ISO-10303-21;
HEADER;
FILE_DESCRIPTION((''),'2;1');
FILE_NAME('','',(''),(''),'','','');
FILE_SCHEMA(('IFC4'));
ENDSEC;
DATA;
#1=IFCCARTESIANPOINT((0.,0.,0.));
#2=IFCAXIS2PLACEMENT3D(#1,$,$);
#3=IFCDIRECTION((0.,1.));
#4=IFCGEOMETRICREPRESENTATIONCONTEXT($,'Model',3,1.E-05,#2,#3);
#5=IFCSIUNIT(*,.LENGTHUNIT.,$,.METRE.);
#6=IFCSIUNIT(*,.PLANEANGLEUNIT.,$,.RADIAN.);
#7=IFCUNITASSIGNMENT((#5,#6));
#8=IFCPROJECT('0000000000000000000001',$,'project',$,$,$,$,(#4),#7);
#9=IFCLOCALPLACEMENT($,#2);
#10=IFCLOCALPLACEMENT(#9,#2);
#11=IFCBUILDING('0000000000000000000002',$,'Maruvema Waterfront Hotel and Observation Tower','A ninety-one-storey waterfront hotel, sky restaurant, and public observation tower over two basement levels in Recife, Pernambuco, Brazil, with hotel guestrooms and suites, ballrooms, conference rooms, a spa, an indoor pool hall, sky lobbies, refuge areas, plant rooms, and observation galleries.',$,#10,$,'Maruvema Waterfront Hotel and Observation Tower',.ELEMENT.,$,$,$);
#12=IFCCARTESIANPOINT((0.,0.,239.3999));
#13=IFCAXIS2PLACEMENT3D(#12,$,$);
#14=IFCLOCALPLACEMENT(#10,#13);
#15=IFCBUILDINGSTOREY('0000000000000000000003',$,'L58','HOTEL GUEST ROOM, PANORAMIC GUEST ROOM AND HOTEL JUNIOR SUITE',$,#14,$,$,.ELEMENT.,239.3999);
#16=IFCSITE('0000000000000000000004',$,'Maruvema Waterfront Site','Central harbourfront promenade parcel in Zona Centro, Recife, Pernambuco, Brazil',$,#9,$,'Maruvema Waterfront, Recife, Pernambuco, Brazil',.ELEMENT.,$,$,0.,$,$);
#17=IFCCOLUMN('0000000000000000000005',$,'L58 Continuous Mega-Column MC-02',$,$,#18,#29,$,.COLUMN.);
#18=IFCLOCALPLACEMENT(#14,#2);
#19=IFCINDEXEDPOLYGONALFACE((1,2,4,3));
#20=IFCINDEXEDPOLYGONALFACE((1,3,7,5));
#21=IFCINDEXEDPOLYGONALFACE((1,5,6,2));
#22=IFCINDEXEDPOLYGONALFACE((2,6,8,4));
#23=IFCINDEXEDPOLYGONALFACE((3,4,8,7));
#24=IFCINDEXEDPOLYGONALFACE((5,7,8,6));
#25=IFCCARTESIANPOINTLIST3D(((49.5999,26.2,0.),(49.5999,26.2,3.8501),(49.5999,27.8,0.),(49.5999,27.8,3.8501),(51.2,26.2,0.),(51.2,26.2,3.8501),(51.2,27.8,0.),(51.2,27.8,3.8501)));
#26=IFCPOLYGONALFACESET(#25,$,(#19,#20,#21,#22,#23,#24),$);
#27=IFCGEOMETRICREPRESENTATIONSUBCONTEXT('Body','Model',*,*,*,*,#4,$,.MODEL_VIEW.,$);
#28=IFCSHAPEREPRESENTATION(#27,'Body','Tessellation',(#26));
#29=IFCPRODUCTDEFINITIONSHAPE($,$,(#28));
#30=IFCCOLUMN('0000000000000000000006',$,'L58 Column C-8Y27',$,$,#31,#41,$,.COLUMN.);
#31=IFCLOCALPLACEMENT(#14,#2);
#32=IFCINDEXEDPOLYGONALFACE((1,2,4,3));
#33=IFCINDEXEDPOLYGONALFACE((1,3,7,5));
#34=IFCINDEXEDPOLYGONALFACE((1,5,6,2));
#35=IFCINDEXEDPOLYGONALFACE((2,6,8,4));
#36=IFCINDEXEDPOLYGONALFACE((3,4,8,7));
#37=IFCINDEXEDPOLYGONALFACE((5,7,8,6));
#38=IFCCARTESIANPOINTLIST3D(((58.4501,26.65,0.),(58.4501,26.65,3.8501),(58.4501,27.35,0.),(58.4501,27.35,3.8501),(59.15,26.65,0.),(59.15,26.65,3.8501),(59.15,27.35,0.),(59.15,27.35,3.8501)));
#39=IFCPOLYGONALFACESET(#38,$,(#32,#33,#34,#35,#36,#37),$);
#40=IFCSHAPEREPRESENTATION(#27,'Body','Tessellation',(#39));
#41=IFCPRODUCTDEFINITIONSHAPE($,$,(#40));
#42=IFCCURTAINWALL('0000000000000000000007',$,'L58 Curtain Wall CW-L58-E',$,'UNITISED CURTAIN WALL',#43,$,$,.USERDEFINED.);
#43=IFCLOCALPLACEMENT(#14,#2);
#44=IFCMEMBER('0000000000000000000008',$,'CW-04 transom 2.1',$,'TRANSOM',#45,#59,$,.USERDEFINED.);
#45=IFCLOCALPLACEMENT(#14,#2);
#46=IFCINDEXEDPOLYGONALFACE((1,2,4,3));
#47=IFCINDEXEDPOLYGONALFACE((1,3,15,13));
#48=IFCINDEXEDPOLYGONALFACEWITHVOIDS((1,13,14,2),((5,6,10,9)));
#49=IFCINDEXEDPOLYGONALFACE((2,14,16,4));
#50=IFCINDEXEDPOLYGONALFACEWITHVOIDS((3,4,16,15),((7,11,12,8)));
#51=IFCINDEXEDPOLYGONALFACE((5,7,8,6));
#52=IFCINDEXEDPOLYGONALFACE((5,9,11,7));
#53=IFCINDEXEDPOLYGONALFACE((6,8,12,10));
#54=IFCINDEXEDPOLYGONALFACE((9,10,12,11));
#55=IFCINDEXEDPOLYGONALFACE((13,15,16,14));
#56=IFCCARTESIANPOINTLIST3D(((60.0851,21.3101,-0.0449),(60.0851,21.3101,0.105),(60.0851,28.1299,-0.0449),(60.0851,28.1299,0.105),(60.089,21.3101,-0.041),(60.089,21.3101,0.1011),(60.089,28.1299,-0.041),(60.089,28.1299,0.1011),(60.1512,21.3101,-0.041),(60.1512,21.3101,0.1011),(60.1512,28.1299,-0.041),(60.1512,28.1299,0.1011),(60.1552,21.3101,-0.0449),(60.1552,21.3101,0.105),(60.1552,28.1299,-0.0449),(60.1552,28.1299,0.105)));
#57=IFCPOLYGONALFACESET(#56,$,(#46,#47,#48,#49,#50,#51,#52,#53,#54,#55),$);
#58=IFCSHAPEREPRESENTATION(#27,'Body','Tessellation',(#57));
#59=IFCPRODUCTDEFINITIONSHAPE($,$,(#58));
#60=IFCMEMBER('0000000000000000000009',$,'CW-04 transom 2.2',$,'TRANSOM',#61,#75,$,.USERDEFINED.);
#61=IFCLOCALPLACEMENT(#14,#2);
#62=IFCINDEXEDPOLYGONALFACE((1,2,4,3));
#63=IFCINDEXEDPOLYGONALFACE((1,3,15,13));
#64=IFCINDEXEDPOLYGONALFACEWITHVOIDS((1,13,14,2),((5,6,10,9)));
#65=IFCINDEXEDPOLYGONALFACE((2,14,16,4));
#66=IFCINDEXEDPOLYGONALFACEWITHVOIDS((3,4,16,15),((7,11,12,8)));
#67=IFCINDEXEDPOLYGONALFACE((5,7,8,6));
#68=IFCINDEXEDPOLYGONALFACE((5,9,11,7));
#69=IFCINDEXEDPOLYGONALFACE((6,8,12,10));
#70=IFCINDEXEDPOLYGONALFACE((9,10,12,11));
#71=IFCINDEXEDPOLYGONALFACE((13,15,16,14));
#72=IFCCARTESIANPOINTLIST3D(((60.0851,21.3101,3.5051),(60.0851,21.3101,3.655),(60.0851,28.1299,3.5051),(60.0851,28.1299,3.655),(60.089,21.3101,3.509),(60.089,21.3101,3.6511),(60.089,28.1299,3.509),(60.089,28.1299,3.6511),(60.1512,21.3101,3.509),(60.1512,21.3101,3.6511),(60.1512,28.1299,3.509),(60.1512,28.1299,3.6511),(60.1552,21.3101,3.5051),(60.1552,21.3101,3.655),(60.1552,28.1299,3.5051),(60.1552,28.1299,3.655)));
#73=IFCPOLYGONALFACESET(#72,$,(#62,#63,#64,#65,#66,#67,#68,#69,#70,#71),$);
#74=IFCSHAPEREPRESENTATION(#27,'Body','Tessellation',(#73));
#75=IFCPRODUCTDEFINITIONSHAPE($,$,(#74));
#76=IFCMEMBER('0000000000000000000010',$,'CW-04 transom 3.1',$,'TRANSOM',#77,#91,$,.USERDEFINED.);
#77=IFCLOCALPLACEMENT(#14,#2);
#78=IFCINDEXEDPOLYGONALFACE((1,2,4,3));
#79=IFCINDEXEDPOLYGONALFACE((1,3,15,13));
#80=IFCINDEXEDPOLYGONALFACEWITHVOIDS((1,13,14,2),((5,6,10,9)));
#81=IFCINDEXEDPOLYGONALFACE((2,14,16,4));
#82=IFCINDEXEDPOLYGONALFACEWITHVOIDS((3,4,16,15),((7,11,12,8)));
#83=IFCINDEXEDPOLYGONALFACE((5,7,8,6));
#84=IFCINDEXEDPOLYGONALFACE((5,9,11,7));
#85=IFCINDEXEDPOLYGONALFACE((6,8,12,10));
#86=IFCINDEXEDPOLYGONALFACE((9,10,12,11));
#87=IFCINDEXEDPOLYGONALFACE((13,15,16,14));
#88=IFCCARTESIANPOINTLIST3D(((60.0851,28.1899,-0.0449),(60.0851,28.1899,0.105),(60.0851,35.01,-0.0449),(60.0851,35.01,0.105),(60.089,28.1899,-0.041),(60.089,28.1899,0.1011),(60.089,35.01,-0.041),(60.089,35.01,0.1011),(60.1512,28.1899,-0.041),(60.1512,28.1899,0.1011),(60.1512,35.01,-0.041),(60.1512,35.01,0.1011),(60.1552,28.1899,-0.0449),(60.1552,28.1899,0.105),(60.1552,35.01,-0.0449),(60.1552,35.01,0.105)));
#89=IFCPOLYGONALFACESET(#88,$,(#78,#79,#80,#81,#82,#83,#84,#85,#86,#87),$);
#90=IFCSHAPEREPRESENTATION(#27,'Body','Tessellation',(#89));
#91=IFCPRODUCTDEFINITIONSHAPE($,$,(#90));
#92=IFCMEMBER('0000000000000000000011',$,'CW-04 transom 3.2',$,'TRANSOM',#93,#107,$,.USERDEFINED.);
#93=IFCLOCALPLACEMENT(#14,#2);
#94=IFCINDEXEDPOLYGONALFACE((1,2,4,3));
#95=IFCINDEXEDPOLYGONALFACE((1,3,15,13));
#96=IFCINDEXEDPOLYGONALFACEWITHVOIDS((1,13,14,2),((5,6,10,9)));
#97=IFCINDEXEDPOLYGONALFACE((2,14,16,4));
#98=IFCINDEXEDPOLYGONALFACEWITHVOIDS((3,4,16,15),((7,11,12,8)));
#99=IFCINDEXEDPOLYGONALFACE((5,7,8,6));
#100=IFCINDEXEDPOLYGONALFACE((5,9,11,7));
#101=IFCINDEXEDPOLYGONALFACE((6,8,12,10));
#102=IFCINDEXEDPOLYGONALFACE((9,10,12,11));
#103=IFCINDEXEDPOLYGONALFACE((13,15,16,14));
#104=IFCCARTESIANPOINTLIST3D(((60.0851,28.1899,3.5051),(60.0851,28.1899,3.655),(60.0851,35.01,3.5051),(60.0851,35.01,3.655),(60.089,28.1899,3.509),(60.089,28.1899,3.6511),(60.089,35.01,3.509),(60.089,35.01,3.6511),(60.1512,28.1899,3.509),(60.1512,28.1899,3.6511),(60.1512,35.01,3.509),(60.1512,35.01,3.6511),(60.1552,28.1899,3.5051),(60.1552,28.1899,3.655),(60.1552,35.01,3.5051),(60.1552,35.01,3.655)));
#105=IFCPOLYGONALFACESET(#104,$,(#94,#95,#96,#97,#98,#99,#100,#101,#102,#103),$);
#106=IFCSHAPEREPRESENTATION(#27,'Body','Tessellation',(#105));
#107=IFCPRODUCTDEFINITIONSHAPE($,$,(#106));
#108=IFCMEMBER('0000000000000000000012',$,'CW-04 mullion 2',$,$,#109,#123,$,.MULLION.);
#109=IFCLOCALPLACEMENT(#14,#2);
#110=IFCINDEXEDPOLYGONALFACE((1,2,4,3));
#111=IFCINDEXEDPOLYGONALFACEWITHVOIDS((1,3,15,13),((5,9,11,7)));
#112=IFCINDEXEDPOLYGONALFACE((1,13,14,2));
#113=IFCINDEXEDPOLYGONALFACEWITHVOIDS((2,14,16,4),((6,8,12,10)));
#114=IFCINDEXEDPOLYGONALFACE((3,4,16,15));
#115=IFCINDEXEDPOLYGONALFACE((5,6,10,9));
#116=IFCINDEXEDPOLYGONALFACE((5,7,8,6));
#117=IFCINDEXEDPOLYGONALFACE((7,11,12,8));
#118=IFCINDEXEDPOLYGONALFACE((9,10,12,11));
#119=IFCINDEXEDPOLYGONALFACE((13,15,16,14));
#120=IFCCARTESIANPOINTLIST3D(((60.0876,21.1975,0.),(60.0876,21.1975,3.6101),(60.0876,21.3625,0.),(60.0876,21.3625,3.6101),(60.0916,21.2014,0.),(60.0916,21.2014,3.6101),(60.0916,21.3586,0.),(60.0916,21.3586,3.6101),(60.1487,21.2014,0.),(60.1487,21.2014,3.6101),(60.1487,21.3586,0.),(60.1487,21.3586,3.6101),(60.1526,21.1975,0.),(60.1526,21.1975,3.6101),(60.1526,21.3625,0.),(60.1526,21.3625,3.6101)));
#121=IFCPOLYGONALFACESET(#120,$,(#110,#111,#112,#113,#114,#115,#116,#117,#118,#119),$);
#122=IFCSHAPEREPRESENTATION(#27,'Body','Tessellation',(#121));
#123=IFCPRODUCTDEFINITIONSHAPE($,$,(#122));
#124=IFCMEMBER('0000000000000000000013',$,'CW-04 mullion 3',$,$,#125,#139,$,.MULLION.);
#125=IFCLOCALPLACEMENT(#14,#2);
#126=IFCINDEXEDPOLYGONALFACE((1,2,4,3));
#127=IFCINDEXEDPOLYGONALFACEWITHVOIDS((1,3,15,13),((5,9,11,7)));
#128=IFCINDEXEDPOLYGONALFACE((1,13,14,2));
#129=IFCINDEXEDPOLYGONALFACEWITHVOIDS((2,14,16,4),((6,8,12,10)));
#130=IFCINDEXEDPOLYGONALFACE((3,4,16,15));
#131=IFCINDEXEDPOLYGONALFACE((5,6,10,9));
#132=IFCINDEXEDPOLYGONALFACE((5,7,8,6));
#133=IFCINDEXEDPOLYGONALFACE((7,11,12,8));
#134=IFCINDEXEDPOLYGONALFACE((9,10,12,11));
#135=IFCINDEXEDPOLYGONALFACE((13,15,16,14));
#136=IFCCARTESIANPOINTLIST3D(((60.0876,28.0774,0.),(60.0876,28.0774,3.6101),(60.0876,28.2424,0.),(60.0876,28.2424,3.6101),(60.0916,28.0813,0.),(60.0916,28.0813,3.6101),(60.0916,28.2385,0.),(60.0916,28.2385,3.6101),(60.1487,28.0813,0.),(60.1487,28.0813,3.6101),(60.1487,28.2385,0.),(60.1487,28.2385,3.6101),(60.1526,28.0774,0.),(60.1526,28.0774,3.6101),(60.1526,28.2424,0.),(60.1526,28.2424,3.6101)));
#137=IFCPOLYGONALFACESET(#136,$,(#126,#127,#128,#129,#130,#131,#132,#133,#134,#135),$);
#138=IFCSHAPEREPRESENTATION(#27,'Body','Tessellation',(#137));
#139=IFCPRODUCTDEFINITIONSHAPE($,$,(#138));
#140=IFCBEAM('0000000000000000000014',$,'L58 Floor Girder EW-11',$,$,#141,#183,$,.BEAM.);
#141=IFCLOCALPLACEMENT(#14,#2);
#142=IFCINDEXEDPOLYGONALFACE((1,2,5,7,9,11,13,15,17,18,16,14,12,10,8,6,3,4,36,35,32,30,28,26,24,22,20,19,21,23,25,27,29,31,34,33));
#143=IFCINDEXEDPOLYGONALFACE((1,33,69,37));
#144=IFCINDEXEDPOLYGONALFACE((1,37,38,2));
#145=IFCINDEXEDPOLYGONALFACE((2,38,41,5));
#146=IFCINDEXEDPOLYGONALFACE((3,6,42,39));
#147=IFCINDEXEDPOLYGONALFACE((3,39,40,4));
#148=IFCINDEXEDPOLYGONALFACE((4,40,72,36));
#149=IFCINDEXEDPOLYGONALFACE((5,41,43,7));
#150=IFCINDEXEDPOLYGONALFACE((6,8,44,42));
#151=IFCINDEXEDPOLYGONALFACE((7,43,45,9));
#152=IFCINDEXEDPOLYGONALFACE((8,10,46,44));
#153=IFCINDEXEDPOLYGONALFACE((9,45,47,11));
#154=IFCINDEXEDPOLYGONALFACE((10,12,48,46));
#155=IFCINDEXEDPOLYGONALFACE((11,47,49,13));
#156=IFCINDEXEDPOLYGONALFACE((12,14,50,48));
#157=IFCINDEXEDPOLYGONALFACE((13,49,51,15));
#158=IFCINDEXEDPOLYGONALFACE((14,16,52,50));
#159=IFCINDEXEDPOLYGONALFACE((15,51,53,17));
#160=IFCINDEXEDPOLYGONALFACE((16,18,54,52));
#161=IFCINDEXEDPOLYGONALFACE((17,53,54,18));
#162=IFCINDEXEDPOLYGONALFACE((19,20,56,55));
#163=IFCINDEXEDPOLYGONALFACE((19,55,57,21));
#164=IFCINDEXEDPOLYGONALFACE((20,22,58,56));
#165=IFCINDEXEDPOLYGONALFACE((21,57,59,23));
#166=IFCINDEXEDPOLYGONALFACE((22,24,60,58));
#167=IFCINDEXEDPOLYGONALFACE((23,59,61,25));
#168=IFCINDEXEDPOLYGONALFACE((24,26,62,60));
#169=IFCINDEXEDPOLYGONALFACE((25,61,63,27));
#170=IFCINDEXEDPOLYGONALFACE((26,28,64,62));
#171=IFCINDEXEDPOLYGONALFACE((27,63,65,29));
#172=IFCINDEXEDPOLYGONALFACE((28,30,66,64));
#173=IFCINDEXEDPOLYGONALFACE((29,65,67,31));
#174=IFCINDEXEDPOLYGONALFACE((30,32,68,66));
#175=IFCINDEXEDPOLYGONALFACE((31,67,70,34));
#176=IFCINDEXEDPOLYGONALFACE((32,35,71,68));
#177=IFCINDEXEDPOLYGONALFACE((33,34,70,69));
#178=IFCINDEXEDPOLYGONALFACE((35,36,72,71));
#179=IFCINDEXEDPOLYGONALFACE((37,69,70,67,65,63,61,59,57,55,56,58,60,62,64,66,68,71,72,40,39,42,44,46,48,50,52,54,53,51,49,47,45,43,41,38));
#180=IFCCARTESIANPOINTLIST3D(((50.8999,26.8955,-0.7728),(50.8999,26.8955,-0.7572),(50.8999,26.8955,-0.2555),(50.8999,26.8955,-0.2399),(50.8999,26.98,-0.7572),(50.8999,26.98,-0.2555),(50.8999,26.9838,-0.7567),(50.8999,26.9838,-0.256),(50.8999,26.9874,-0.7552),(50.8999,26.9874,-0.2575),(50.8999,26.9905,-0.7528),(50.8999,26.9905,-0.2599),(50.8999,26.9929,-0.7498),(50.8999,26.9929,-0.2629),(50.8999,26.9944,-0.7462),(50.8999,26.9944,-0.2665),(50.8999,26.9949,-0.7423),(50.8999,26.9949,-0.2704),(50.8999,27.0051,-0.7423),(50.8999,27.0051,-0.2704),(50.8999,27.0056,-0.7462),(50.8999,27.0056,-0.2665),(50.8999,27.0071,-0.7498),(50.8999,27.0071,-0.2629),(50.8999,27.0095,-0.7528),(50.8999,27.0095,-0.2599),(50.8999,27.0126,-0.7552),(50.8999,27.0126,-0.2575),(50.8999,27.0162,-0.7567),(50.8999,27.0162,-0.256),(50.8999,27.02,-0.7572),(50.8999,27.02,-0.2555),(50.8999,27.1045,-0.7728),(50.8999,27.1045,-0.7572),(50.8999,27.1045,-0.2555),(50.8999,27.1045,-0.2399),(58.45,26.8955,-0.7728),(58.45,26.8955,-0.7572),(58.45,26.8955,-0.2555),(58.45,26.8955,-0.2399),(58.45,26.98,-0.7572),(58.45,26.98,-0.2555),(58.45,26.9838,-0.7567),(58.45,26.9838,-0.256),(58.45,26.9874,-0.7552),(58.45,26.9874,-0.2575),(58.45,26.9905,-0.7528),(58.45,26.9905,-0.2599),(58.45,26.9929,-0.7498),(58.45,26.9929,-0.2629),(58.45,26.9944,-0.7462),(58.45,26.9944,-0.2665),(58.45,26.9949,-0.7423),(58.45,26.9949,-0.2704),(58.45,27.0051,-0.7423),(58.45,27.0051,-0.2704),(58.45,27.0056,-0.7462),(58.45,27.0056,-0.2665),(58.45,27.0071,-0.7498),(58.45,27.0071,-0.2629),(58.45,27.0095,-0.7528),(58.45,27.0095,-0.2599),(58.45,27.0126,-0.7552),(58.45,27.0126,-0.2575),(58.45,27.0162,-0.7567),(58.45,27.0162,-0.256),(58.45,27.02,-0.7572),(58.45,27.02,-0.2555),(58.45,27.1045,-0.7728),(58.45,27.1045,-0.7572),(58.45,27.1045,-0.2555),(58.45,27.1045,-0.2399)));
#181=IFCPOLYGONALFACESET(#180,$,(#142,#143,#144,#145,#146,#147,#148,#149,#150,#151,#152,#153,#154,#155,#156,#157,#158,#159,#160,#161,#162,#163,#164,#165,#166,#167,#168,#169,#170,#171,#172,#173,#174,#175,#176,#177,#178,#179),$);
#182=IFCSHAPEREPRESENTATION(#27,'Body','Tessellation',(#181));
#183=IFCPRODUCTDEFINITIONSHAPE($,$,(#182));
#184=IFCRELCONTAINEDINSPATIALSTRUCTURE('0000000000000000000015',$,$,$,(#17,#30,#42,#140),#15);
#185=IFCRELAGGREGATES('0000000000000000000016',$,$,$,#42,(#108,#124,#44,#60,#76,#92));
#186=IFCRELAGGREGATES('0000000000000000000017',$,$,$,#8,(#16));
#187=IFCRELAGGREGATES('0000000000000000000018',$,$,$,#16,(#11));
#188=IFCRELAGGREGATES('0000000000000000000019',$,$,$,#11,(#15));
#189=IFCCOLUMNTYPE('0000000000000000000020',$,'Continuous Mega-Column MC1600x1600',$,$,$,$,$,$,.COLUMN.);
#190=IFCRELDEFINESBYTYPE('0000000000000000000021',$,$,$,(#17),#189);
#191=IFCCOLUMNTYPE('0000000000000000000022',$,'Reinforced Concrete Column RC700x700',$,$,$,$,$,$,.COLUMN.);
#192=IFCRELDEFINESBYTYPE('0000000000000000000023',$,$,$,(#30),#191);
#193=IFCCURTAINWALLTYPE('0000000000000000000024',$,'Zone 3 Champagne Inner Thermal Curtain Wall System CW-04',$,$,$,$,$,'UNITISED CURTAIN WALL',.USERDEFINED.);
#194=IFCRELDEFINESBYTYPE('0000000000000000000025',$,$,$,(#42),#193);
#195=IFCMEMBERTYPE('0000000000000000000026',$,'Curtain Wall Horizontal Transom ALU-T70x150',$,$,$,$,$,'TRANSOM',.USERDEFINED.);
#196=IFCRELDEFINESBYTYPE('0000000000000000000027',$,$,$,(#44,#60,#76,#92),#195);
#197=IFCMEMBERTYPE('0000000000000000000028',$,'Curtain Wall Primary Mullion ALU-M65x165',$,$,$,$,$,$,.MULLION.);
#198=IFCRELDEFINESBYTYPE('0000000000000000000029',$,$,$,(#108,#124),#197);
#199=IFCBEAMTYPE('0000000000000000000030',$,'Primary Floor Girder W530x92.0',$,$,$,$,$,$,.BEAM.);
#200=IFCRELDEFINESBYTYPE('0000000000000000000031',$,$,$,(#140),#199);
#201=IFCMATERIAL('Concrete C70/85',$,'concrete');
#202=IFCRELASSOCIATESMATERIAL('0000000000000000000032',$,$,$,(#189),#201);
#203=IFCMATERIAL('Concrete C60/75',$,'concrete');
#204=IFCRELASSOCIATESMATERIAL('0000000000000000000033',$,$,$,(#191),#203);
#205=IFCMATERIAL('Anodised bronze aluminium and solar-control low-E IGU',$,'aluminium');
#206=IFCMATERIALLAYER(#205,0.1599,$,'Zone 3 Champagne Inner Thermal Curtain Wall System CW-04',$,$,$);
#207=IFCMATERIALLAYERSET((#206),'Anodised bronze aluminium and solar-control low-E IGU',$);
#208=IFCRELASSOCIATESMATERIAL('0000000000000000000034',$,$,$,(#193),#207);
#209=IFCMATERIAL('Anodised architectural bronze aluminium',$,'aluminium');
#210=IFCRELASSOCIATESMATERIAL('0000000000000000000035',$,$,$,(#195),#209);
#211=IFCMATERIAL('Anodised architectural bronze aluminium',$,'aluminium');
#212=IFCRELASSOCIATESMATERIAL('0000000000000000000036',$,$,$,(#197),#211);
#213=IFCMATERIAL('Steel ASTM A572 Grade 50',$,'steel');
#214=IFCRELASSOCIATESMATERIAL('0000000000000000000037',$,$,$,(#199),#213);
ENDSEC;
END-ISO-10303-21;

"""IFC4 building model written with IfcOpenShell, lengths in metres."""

from ifc_helpers import new_model, si_unit, direction, frame, origin, origin_2d, place, context, subcontext, project, spatial, rectangle, hollow_rectangle, i_section, extrude, material, layer, layer_set, material_profile, profile_set, type_object, element, aggregate, save


model = new_model("IFC4")

# Units and contexts
model_context = context("Model", 3, precision=1e-05, world=origin(), true_north=direction((0.0, 1.0)))
body_context = subcontext(model_context, "Body", "Model", "MODEL_VIEW")
ifc_project = project(units=[si_unit("LENGTHUNIT", "METRE"), si_unit("PLANEANGLEUNIT", "RADIAN")], contexts=[model_context])

# Site, building, storey
site_placement = place(None, origin())
site = spatial("IfcSite", under=ifc_project, at=site_placement, Name="Maruvema Waterfront Site", Description="Central harbourfront promenade parcel in Zona Centro, Recife, Pernambuco, Brazil", LongName="Maruvema Waterfront, Recife, Pernambuco, Brazil", CompositionType="ELEMENT", RefElevation=0.0)
building_placement = place(site_placement, origin())
building = spatial("IfcBuilding", under=site, at=building_placement, Name="Maruvema Waterfront Hotel and Observation Tower", Description="A ninety-one-storey waterfront hotel, sky restaurant, and public observation tower over two basement levels in Recife, Pernambuco, Brazil, with hotel guestrooms and suites, ballrooms, conference rooms, a spa, an indoor pool hall, sky lobbies, refuge areas, plant rooms, and observation galleries.", LongName="Maruvema Waterfront Hotel and Observation Tower", CompositionType="ELEMENT")
storey_placement = place(building_placement, frame((0.0, 0.0, 239.3999)))
storey = spatial("IfcBuildingStorey", under=building, at=storey_placement, Name="L58", Description="HOTEL GUEST ROOM, PANORAMIC GUEST ROOM AND HOTEL JUNIOR SUITE", CompositionType="ELEMENT", Elevation=239.3999)

# Columns
ifc_material_1 = material(Name="Concrete C70/85", Category="concrete")
ifc_material_profile_1 = material_profile(ifc_material_1, rectangle(XDim=1.6001, YDim=1.6001, at=origin_2d()), Name="MC1600x1600")
ifc_profile_set_1 = profile_set([ifc_material_profile_1], Name="Concrete C70/85")
column_type_1 = type_object("IfcColumnType", Name="Continuous Mega-Column MC1600x1600", PredefinedType="COLUMN", material=ifc_profile_set_1)
column_1_placement = place(storey_placement, frame((50.3999, 27.0, 0.0), z_axis=(0.0, 0.0, 1.0), x_axis=(1.0, 0.0, 0.0)))
element("IfcColumn", 1, at=column_1_placement, inside=storey, type_object=column_type_1, Name="L58 Continuous Mega-Column MC-02", PredefinedType="COLUMN", context=body_context, shape_type="SweptSolid", body=[
    extrude(rectangle(XDim=1.6001, YDim=1.6001, at=origin_2d()), origin(), (0.0, 0.0, 1.0), 3.8501),
])
ifc_material_2 = material(Name="Concrete C60/75", Category="concrete")
ifc_material_profile_2 = material_profile(ifc_material_2, rectangle(XDim=0.7, YDim=0.7, at=origin_2d()), Name="RC700x700")
ifc_profile_set_2 = profile_set([ifc_material_profile_2], Name="Concrete C60/75")
column_type_2 = type_object("IfcColumnType", Name="Reinforced Concrete Column RC700x700", PredefinedType="COLUMN", material=ifc_profile_set_2)
column_2_placement = place(storey_placement, frame((58.8, 27.0, 0.0), z_axis=(0.0, 0.0, 1.0), x_axis=(1.0, 0.0, 0.0)))
element("IfcColumn", 2, at=column_2_placement, inside=storey, type_object=column_type_2, Name="L58 Column C-8Y27", PredefinedType="COLUMN", context=body_context, shape_type="SweptSolid", body=[
    extrude(rectangle(XDim=0.7, YDim=0.7, at=origin_2d()), origin(), (0.0, 0.0, 1.0), 3.8501),
])

# Curtain wall, members
ifc_material_3 = material(Name="Anodised bronze aluminium and solar-control low-E IGU", Category="aluminium")
ifc_layer_1 = layer(ifc_material_3, 0.1599, Name="Zone 3 Champagne Inner Thermal Curtain Wall System CW-04")
ifc_layer_set_1 = layer_set([ifc_layer_1], Name="Anodised bronze aluminium and solar-control low-E IGU")
curtain_wall_type = type_object("IfcCurtainWallType", Name="Zone 3 Champagne Inner Thermal Curtain Wall System CW-04", ElementType="UNITISED CURTAIN WALL", PredefinedType="USERDEFINED", material=ifc_layer_set_1)
curtain_wall_placement = place(storey_placement, origin())
curtain_wall = element("IfcCurtainWall", 3, at=curtain_wall_placement, inside=storey, type_object=curtain_wall_type, Name="L58 Curtain Wall CW-L58-E", ObjectType="UNITISED CURTAIN WALL", PredefinedType="USERDEFINED")
ifc_material_4 = material(Name="Anodised architectural bronze aluminium", Category="aluminium")
ifc_material_profile_3 = material_profile(ifc_material_4, hollow_rectangle(XDim=0.0701, YDim=0.1499, WallThickness=0.0039, at=origin_2d()), Name="ALU-T70x150")
ifc_profile_set_3 = profile_set([ifc_material_profile_3], Name="Anodised architectural bronze aluminium")
member_type_1 = type_object("IfcMemberType", Name="Curtain Wall Horizontal Transom ALU-T70x150", ElementType="TRANSOM", PredefinedType="USERDEFINED", material=ifc_profile_set_3)
member_1_placement = place(storey_placement, frame((60.1201, 21.3101, 0.03), z_axis=(0.0, 1.0, 0.0), x_axis=(-1.0, 0.0, 0.0)))
member_1 = element("IfcMember", 4, at=member_1_placement, type_object=member_type_1, Name="CW-04 transom 2.1", ObjectType="TRANSOM", PredefinedType="USERDEFINED", context=body_context, shape_type="SweptSolid", body=[
    extrude(hollow_rectangle(XDim=0.0701, YDim=0.1499, WallThickness=0.0039, at=origin_2d()), origin(), (0.0, 0.0, 1.0), 6.8198),
])
member_2_placement = place(storey_placement, frame((60.1201, 21.3101, 3.5801), z_axis=(0.0, 1.0, 0.0), x_axis=(-1.0, 0.0, 0.0)))
member_2 = element("IfcMember", 5, at=member_2_placement, type_object=member_type_1, Name="CW-04 transom 2.2", ObjectType="TRANSOM", PredefinedType="USERDEFINED", context=body_context, shape_type="SweptSolid", body=[
    extrude(hollow_rectangle(XDim=0.0701, YDim=0.1499, WallThickness=0.0039, at=origin_2d()), origin(), (0.0, 0.0, 1.0), 6.8198),
])
member_3_placement = place(storey_placement, frame((60.1201, 28.1899, 0.03), z_axis=(0.0, 1.0, 0.0), x_axis=(-1.0, 0.0, 0.0)))
member_3 = element("IfcMember", 6, at=member_3_placement, type_object=member_type_1, Name="CW-04 transom 3.1", ObjectType="TRANSOM", PredefinedType="USERDEFINED", context=body_context, shape_type="SweptSolid", body=[
    extrude(hollow_rectangle(XDim=0.0701, YDim=0.1499, WallThickness=0.0039, at=origin_2d()), origin(), (0.0, 0.0, 1.0), 6.8201),
])
member_4_placement = place(storey_placement, frame((60.1201, 28.1899, 3.5801), z_axis=(0.0, 1.0, 0.0), x_axis=(-1.0, 0.0, 0.0)))
member_4 = element("IfcMember", 7, at=member_4_placement, type_object=member_type_1, Name="CW-04 transom 3.2", ObjectType="TRANSOM", PredefinedType="USERDEFINED", context=body_context, shape_type="SweptSolid", body=[
    extrude(hollow_rectangle(XDim=0.0701, YDim=0.1499, WallThickness=0.0039, at=origin_2d()), origin(), (0.0, 0.0, 1.0), 6.8201),
])
ifc_material_5 = material(Name="Anodised architectural bronze aluminium", Category="aluminium")
ifc_material_profile_4 = material_profile(ifc_material_5, hollow_rectangle(XDim=0.0649, YDim=0.165, WallThickness=0.0039, at=origin_2d()), Name="ALU-M65x165")
ifc_profile_set_4 = profile_set([ifc_material_profile_4], Name="Anodised architectural bronze aluminium")
member_type_2 = type_object("IfcMemberType", Name="Curtain Wall Primary Mullion ALU-M65x165", PredefinedType="MULLION", material=ifc_profile_set_4)
member_5_placement = place(storey_placement, frame((60.1201, 21.28, 0.0), z_axis=(0.0, 0.0, 1.0), x_axis=(-1.0, 0.0, 0.0)))
member_5 = element("IfcMember", 8, at=member_5_placement, type_object=member_type_2, Name="CW-04 mullion 2", PredefinedType="MULLION", context=body_context, shape_type="SweptSolid", body=[
    extrude(hollow_rectangle(XDim=0.0649, YDim=0.165, WallThickness=0.0039, at=origin_2d()), origin(), (0.0, 0.0, 1.0), 3.6101),
])
member_6_placement = place(storey_placement, frame((60.1201, 28.1599, 0.0), z_axis=(0.0, 0.0, 1.0), x_axis=(-1.0, 0.0, 0.0)))
member_6 = element("IfcMember", 9, at=member_6_placement, type_object=member_type_2, Name="CW-04 mullion 3", PredefinedType="MULLION", context=body_context, shape_type="SweptSolid", body=[
    extrude(hollow_rectangle(XDim=0.0649, YDim=0.165, WallThickness=0.0039, at=origin_2d()), origin(), (0.0, 0.0, 1.0), 3.6101),
])

# Beam
ifc_material_6 = material(Name="Steel ASTM A572 Grade 50", Category="steel")
ifc_material_profile_5 = material_profile(ifc_material_6, i_section(OverallWidth=0.209, OverallDepth=0.533, WebThickness=0.0103, FlangeThickness=0.0156, FilletRadius=0.0149, at=origin_2d()), Name="W530x92.0")
ifc_profile_set_5 = profile_set([ifc_material_profile_5], Name="Steel ASTM A572 Grade 50")
beam_type_1 = type_object("IfcBeamType", Name="Primary Floor Girder W530x92.0", PredefinedType="BEAM", material=ifc_profile_set_5)
beam_1_placement = place(storey_placement, frame((50.8999, 27.0, -0.5063), z_axis=(1.0, 0.0, 0.0), x_axis=(0.0, 1.0, 0.0)))
element("IfcBeam", 10, at=beam_1_placement, inside=storey, type_object=beam_type_1, Name="L58 Floor Girder EW-11", PredefinedType="BEAM", context=body_context, shape_type="SweptSolid", body=[
    extrude(i_section(OverallWidth=0.209, OverallDepth=0.533, WebThickness=0.0103, FlangeThickness=0.0156, FilletRadius=0.0149, at=origin_2d()), origin(), (0.0, 0.0, 1.0), 7.55),
])

aggregate(curtain_wall, [member_5, member_6, member_1, member_2, member_3, member_4])

save(model, "model.ifc")
